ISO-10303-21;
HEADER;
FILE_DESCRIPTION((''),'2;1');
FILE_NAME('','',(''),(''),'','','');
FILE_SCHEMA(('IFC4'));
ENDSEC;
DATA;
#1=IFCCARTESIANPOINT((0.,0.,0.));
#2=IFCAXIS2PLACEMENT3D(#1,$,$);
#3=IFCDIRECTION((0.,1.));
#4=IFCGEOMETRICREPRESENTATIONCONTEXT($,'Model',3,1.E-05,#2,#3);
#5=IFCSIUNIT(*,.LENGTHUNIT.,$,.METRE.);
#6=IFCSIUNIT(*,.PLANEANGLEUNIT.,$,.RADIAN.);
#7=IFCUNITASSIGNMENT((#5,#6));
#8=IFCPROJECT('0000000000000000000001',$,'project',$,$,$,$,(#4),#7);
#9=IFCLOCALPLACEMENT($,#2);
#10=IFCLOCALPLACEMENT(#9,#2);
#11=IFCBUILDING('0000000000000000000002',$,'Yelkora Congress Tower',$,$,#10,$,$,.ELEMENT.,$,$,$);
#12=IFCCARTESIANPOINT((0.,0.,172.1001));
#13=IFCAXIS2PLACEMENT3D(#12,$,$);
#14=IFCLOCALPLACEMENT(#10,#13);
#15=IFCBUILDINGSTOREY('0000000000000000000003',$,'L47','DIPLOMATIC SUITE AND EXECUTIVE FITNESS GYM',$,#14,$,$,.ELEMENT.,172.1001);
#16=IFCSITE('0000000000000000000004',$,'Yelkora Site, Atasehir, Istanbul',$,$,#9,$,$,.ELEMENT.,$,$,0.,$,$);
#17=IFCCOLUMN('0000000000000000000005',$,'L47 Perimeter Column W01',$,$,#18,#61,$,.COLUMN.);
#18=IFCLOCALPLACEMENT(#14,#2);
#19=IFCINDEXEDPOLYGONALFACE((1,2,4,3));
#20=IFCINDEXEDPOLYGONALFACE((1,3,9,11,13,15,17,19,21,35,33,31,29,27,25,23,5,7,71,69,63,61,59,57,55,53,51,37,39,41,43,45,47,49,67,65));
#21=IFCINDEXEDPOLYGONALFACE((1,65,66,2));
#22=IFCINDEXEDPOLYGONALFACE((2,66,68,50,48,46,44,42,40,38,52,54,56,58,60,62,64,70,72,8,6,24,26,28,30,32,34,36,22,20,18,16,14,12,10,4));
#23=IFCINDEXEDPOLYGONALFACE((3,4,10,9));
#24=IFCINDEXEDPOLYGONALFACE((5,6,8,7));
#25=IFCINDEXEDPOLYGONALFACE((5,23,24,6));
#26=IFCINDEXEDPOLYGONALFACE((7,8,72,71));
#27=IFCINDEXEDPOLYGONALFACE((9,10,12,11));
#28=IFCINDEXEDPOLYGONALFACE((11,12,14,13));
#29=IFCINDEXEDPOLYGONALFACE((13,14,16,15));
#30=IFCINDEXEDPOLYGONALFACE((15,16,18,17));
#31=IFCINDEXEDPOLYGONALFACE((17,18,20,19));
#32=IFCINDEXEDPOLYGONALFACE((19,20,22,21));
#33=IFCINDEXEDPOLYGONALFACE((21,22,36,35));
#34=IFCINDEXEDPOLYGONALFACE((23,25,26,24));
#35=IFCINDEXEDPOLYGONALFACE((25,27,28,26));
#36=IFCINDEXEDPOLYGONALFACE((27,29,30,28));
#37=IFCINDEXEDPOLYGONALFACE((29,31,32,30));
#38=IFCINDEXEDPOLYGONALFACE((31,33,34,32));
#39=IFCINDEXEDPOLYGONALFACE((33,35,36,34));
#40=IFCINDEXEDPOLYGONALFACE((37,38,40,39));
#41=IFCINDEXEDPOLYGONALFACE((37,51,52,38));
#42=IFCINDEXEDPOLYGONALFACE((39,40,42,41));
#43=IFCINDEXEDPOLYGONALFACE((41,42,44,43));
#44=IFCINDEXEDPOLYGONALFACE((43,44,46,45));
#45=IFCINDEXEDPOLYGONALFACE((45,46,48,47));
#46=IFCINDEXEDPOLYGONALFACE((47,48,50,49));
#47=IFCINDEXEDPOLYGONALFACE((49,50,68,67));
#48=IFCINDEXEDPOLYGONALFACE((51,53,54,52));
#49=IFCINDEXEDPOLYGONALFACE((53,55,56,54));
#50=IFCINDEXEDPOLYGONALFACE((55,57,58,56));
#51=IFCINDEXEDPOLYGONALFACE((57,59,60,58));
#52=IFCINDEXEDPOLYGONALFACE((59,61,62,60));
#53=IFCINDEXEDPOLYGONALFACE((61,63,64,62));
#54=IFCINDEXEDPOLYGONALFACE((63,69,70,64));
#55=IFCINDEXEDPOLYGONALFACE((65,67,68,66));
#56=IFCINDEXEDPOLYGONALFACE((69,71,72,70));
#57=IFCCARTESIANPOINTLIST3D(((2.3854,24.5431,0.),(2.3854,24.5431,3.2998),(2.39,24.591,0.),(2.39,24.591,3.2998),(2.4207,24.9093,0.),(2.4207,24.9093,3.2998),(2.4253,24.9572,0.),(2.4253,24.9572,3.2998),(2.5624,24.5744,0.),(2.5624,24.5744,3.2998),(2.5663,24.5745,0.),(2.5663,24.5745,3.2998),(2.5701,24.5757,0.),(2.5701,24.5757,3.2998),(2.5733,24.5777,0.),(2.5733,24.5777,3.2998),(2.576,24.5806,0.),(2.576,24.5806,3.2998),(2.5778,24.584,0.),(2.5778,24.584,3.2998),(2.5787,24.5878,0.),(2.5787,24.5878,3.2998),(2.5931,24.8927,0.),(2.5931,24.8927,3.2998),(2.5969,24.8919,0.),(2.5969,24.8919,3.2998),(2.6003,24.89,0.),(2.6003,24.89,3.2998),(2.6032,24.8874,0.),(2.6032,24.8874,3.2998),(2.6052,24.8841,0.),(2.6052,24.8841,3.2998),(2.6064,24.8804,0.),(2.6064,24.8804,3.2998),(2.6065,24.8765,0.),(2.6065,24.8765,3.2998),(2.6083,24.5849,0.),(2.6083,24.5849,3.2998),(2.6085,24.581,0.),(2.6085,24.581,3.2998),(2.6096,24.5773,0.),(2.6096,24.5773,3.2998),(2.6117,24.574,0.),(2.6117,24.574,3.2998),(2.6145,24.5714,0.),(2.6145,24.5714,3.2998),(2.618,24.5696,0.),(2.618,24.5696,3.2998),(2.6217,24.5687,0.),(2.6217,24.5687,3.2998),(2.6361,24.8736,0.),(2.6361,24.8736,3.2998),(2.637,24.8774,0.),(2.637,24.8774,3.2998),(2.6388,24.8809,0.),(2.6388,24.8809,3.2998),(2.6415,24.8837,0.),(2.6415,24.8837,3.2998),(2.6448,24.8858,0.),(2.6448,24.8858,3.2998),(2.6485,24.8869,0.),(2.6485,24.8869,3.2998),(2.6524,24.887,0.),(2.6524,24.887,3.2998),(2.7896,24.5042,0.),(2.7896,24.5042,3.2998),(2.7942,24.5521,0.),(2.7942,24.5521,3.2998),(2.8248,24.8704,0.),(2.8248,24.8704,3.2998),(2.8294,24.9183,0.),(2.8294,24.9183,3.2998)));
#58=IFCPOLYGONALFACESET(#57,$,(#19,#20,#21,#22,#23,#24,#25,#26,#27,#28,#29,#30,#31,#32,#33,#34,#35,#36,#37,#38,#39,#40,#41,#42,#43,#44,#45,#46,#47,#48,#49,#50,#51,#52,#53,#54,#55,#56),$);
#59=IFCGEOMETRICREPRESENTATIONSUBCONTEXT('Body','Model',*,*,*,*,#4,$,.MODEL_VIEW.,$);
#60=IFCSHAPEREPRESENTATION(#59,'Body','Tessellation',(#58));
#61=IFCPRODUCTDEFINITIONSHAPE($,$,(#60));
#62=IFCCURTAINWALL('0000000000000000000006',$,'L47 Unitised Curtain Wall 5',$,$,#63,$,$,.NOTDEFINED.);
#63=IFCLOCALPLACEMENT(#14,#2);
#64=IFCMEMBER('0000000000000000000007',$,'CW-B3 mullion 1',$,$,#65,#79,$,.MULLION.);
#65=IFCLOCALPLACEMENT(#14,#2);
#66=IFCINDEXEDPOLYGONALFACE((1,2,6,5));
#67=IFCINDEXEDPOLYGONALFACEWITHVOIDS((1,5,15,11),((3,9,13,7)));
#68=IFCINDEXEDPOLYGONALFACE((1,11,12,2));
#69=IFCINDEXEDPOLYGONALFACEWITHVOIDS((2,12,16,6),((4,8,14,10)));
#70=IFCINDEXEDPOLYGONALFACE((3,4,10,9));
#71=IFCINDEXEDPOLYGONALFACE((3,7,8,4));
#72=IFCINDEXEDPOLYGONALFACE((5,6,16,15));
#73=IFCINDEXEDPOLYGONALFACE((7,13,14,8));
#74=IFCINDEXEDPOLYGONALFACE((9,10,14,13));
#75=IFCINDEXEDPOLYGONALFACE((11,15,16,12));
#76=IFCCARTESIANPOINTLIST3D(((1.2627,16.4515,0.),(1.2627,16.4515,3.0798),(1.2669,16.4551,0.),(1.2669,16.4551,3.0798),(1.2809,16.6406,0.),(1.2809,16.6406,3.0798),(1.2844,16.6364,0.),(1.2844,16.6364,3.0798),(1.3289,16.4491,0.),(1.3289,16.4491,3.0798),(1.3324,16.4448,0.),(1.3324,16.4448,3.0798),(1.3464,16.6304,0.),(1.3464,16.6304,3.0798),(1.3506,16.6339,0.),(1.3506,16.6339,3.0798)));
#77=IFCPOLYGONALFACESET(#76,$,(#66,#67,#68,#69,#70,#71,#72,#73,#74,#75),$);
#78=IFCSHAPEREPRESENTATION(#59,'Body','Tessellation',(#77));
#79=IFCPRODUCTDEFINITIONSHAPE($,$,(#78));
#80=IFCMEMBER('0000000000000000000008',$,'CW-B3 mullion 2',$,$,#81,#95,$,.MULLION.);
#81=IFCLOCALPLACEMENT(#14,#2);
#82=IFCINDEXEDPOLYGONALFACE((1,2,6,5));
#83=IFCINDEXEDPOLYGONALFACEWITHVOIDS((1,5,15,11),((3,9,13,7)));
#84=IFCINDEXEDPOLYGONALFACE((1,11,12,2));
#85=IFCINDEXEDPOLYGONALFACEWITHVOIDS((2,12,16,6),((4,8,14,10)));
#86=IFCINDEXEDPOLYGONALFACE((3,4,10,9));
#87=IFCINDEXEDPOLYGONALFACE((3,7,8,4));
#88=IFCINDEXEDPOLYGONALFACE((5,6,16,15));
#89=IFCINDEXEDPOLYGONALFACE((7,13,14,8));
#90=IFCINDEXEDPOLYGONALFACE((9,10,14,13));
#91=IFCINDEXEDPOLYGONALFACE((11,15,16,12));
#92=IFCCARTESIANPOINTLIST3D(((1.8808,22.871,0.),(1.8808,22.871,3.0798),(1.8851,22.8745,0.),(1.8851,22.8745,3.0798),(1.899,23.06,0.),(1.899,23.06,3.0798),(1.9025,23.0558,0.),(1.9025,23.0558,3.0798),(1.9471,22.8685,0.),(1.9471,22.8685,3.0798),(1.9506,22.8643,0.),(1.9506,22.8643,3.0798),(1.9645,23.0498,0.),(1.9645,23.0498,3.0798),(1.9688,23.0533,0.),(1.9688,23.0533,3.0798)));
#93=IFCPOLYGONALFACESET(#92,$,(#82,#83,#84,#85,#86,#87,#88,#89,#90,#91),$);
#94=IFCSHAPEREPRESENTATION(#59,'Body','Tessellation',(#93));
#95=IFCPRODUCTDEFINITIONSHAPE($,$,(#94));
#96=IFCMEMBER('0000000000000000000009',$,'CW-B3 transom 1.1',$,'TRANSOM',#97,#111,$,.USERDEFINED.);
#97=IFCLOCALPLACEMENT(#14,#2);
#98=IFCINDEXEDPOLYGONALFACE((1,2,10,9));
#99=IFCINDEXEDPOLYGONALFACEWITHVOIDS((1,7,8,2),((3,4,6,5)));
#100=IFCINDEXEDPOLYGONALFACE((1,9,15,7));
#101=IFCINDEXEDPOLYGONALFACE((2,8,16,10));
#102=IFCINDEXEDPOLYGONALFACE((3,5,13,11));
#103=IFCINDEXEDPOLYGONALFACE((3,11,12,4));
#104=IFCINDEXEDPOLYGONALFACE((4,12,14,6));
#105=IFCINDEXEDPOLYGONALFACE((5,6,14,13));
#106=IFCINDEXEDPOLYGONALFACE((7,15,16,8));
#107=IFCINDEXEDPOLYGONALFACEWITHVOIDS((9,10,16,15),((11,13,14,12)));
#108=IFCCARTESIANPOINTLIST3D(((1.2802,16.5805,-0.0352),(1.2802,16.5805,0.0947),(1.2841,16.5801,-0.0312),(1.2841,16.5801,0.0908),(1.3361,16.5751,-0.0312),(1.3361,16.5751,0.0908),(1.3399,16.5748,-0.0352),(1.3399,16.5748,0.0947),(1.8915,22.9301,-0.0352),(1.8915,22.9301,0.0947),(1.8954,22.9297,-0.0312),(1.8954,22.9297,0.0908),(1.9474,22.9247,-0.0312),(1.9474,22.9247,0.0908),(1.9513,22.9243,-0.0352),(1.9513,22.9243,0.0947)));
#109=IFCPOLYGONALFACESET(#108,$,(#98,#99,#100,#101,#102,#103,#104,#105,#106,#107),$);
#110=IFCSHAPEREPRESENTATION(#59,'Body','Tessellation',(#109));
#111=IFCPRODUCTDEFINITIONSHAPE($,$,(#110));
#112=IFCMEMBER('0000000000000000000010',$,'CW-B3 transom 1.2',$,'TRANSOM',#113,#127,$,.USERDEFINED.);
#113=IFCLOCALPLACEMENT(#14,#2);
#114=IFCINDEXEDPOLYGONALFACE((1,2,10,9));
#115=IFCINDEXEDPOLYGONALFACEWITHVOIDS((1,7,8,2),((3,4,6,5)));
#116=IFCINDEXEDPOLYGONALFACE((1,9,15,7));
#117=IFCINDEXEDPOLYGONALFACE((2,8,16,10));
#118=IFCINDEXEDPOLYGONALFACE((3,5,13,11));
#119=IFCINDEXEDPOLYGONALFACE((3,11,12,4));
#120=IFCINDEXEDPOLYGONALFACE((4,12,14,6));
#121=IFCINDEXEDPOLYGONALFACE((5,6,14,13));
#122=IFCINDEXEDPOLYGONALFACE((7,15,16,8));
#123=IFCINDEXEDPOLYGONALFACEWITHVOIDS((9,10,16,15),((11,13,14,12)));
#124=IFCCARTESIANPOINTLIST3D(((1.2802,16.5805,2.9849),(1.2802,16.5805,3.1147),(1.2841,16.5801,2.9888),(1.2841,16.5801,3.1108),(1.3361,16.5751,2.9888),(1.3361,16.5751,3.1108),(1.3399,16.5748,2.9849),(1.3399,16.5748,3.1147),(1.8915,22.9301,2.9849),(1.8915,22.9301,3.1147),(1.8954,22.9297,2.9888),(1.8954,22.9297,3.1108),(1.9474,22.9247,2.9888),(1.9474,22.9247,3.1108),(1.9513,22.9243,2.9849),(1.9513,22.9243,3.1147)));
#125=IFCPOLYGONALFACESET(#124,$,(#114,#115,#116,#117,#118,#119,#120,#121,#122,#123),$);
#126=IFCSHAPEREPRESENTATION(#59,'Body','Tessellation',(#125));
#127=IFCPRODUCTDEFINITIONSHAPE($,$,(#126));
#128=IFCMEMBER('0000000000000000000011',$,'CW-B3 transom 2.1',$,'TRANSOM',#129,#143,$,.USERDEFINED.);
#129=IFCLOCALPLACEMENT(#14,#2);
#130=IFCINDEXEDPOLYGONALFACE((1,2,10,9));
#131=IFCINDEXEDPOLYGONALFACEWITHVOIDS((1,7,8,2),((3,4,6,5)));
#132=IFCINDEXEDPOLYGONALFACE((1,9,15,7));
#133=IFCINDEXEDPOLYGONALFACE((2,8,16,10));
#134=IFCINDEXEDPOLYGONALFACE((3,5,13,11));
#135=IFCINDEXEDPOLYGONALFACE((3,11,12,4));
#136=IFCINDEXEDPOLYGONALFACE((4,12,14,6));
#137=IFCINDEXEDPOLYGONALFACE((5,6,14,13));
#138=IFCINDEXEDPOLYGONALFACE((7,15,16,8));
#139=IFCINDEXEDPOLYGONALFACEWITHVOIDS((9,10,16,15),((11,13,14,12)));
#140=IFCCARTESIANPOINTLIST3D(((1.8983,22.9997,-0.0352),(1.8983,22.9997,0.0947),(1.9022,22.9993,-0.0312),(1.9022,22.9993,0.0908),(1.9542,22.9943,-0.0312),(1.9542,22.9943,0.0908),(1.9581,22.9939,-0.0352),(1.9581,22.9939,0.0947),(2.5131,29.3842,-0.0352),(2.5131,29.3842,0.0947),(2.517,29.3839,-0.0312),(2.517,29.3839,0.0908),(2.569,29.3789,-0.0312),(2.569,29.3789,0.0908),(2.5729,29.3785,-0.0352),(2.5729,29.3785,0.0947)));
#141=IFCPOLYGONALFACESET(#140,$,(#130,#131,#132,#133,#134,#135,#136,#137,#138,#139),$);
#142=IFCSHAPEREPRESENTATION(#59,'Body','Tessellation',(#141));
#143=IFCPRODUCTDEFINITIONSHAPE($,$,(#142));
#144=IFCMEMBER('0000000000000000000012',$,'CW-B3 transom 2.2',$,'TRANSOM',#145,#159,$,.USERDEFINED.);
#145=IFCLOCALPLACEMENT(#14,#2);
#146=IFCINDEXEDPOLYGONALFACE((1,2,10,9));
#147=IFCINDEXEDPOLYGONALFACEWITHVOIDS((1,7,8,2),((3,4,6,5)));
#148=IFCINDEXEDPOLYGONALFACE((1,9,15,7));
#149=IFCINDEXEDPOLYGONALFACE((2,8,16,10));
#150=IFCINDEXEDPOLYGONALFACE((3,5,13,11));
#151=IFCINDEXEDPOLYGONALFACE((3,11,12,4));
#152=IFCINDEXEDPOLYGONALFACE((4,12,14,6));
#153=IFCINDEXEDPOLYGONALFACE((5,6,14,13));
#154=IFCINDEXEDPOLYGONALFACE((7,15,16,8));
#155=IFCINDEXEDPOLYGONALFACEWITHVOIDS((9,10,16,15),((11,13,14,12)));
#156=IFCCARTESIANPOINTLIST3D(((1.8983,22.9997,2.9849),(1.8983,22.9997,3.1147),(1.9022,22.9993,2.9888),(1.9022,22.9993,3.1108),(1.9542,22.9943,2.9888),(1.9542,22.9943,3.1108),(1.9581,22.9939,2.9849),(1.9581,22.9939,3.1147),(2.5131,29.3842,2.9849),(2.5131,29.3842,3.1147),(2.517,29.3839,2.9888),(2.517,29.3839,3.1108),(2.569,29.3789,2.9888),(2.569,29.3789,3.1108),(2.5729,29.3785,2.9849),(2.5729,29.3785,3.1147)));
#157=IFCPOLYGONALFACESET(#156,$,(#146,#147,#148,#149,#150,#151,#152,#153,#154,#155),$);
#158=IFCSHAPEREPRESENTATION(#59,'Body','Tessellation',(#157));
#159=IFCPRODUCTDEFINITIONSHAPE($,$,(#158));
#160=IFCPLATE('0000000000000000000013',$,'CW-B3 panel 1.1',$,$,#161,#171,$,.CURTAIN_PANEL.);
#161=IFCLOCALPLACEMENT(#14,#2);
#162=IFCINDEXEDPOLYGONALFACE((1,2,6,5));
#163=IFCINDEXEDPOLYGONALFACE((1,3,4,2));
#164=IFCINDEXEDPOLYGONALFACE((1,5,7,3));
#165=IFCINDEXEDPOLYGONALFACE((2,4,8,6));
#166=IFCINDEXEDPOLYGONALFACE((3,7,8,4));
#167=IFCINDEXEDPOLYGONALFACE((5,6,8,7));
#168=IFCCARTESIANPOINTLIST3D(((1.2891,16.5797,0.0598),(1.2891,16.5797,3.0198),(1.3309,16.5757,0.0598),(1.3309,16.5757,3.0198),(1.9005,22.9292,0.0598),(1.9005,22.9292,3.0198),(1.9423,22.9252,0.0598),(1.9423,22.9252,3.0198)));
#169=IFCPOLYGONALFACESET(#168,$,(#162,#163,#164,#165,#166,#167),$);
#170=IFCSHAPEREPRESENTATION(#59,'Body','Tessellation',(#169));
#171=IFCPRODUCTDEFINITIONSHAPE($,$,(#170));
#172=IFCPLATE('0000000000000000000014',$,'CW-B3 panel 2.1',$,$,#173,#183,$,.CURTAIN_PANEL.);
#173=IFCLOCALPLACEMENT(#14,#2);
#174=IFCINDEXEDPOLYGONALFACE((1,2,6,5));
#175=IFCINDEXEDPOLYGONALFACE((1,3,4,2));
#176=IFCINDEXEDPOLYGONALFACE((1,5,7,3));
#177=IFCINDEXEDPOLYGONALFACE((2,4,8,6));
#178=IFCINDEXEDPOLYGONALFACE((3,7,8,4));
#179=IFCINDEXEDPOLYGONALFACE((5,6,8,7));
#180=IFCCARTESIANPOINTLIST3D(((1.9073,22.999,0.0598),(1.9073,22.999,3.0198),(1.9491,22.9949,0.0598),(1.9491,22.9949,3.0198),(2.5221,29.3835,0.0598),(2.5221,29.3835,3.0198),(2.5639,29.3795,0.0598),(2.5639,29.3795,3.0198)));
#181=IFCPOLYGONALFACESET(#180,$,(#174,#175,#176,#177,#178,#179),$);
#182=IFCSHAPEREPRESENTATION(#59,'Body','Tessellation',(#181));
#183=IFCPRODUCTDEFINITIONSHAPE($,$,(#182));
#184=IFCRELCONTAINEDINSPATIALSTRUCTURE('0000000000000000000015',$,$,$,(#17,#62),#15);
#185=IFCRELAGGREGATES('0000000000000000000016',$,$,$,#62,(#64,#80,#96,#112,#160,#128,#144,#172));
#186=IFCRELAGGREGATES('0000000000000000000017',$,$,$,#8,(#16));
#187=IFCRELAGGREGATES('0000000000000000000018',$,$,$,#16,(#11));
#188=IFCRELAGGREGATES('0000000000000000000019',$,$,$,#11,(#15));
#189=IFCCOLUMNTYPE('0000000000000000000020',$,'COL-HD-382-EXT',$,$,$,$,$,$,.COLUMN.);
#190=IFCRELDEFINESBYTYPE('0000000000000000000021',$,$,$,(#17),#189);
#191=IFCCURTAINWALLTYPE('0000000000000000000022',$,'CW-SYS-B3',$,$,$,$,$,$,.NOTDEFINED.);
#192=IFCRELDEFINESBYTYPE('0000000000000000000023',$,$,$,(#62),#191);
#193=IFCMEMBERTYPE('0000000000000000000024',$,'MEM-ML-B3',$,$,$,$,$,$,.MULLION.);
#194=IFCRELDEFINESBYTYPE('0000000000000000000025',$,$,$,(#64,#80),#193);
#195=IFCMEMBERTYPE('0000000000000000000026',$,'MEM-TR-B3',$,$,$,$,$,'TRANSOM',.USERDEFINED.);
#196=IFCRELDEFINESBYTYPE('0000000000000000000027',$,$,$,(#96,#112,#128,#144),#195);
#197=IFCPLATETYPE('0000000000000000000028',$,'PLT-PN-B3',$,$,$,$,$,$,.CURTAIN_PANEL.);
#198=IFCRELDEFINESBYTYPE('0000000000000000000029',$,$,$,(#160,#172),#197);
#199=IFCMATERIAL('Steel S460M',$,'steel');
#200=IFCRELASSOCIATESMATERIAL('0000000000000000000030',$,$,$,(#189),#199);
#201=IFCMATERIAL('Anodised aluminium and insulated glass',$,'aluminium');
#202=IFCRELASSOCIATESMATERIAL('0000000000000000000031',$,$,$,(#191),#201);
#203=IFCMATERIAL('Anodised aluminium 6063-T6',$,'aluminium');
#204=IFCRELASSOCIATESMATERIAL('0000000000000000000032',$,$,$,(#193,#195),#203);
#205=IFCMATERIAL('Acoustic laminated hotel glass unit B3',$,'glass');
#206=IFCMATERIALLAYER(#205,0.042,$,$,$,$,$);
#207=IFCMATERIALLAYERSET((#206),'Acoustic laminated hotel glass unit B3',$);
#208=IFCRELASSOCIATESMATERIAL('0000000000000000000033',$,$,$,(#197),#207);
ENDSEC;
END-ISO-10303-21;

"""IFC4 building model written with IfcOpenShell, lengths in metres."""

from ifc_helpers import new_model, si_unit, direction, frame, origin, origin_2d, place, context, subcontext, project, spatial, rectangle, hollow_rectangle, i_section, extrude, material, layer, layer_set, material_profile, profile_set, type_object, element, aggregate, save


model = new_model("IFC4")

# Units and contexts
model_context = context("Model", 3, precision=1e-05, world=origin(), true_north=direction((0.0, 1.0)))
body_context = subcontext(model_context, "Body", "Model", "MODEL_VIEW")
ifc_project = project(units=[si_unit("LENGTHUNIT", "METRE"), si_unit("PLANEANGLEUNIT", "RADIAN")], contexts=[model_context])

# Site, building, storey
site_placement = place(None, origin())
site = spatial("IfcSite", under=ifc_project, at=site_placement, Name="Yelkora Site, Atasehir, Istanbul", CompositionType="ELEMENT", RefElevation=0.0)
building_placement = place(site_placement, origin())
building = spatial("IfcBuilding", under=site, at=building_placement, Name="Yelkora Congress Tower", CompositionType="ELEMENT")
storey_placement = place(building_placement, frame((0.0, 0.0, 172.1001)))
storey = spatial("IfcBuildingStorey", under=building, at=storey_placement, Name="L47", Description="DIPLOMATIC SUITE AND EXECUTIVE FITNESS GYM", CompositionType="ELEMENT", Elevation=172.1001)

# Column
ifc_material_1 = material(Name="Steel S460M", Category="steel")
ifc_material_profile_1 = material_profile(ifc_material_1, i_section(OverallWidth=0.406, OverallDepth=0.416, WebThickness=0.0298, FlangeThickness=0.0481, FilletRadius=0.0149, at=origin_2d()), Name="HD 400x382")
ifc_profile_set_1 = profile_set([ifc_material_profile_1], Name="Steel S460M")
column_type = type_object("IfcColumnType", Name="COL-HD-382-EXT", PredefinedType="COLUMN", material=ifc_profile_set_1)
column_placement = place(storey_placement, frame((2.6074, 24.7307, 0.0), z_axis=(0.0, 0.0, 1.0), x_axis=(0.995396, -0.095846, 0.0)))
element("IfcColumn", 1, at=column_placement, inside=storey, type_object=column_type, Name="L47 Perimeter Column W01", PredefinedType="COLUMN", context=body_context, shape_type="SweptSolid", body=[
    extrude(i_section(OverallWidth=0.406, OverallDepth=0.416, WebThickness=0.0298, FlangeThickness=0.0481, FilletRadius=0.0149, at=origin_2d()), origin(), (0.0, 0.0, 1.0), 3.2998),
])

# Curtain wall, members, plates
ifc_material_2 = material(Name="Anodised aluminium and insulated glass", Category="aluminium")
curtain_wall_type = type_object("IfcCurtainWallType", Name="CW-SYS-B3", PredefinedType="NOTDEFINED", material=ifc_material_2)
curtain_wall_placement = place(storey_placement, origin())
curtain_wall = element("IfcCurtainWall", 2, at=curtain_wall_placement, inside=storey, type_object=curtain_wall_type, Name="L47 Unitised Curtain Wall 5", PredefinedType="NOTDEFINED")
ifc_material_3 = material(Name="Anodised aluminium 6063-T6", Category="aluminium")
ifc_material_profile_2 = material_profile(ifc_material_3, hollow_rectangle(XDim=0.0701, YDim=0.1899, WallThickness=0.0039, at=origin_2d()), Name="ALU 70x190x4")
ifc_profile_set_2 = profile_set([ifc_material_profile_2], Name="Anodised aluminium 6063-T6")
member_type_1 = type_object("IfcMemberType", Name="MEM-ML-B3", PredefinedType="MULLION", material=ifc_profile_set_2)
member_1_placement = place(storey_placement, frame((1.3066, 16.5427, 0.0), z_axis=(0.0, 0.0, 1.0), x_axis=(-0.995396, 0.095845, 0.0)))
member_1 = element("IfcMember", 3, at=member_1_placement, type_object=member_type_1, Name="CW-B3 mullion 1", PredefinedType="MULLION", context=body_context, shape_type="SweptSolid", body=[
    extrude(hollow_rectangle(XDim=0.0701, YDim=0.1899, WallThickness=0.0039, at=origin_2d()), origin(), (0.0, 0.0, 1.0), 3.0798),
])
member_2_placement = place(storey_placement, frame((1.9248, 22.9622, 0.0), z_axis=(0.0, 0.0, 1.0), x_axis=(-0.995396, 0.095845, 0.0)))
member_2 = element("IfcMember", 4, at=member_2_placement, type_object=member_type_1, Name="CW-B3 mullion 2", PredefinedType="MULLION", context=body_context, shape_type="SweptSolid", body=[
    extrude(hollow_rectangle(XDim=0.0701, YDim=0.1899, WallThickness=0.0039, at=origin_2d()), origin(), (0.0, 0.0, 1.0), 3.0798),
])
ifc_material_profile_3 = material_profile(ifc_material_3, hollow_rectangle(XDim=0.0601, YDim=0.1299, WallThickness=0.0039, at=origin_2d()), Name="ALU 60x130x4")
ifc_profile_set_3 = profile_set([ifc_material_profile_3], Name="Anodised aluminium 6063-T6")
member_type_2 = type_object("IfcMemberType", Name="MEM-TR-B3", ElementType="TRANSOM", PredefinedType="USERDEFINED", material=ifc_profile_set_3)
member_3_placement = place(storey_placement, frame((1.3101, 16.5776, 0.0298), z_axis=(0.095835, 0.995397, 0.0), x_axis=(-0.995397, 0.095835, 0.0)))
member_3 = element("IfcMember", 5, at=member_3_placement, type_object=member_type_2, Name="CW-B3 transom 1.1", ObjectType="TRANSOM", PredefinedType="USERDEFINED", context=body_context, shape_type="SweptSolid", body=[
    extrude(hollow_rectangle(XDim=0.0601, YDim=0.1299, WallThickness=0.0039, at=origin_2d()), origin(), (0.0, 0.0, 1.0), 6.3789),
])
member_4_placement = place(storey_placement, frame((1.3101, 16.5776, 3.0498), z_axis=(0.095835, 0.995397, 0.0), x_axis=(-0.995397, 0.095835, 0.0)))
member_4 = element("IfcMember", 6, at=member_4_placement, type_object=member_type_2, Name="CW-B3 transom 1.2", ObjectType="TRANSOM", PredefinedType="USERDEFINED", context=body_context, shape_type="SweptSolid", body=[
    extrude(hollow_rectangle(XDim=0.0601, YDim=0.1299, WallThickness=0.0039, at=origin_2d()), origin(), (0.0, 0.0, 1.0), 6.3789),
])
member_5_placement = place(storey_placement, frame((1.9282, 22.9968, 0.0298), z_axis=(0.095844, 0.995396, 0.0), x_axis=(-0.995396, 0.095844, 0.0)))
member_5 = element("IfcMember", 7, at=member_5_placement, type_object=member_type_2, Name="CW-B3 transom 2.1", ObjectType="TRANSOM", PredefinedType="USERDEFINED", context=body_context, shape_type="SweptSolid", body=[
    extrude(hollow_rectangle(XDim=0.0601, YDim=0.1299, WallThickness=0.0039, at=origin_2d()), origin(), (0.0, 0.0, 1.0), 6.4141),
])
member_6_placement = place(storey_placement, frame((1.9282, 22.9968, 3.0498), z_axis=(0.095844, 0.995396, 0.0), x_axis=(-0.995396, 0.095844, 0.0)))
member_6 = element("IfcMember", 8, at=member_6_placement, type_object=member_type_2, Name="CW-B3 transom 2.2", ObjectType="TRANSOM", PredefinedType="USERDEFINED", context=body_context, shape_type="SweptSolid", body=[
    extrude(hollow_rectangle(XDim=0.0601, YDim=0.1299, WallThickness=0.0039, at=origin_2d()), origin(), (0.0, 0.0, 1.0), 6.4141),
])
ifc_material_4 = material(Name="Acoustic laminated hotel glass unit B3", Category="glass")
ifc_layer_1 = layer(ifc_material_4, 0.042)
ifc_layer_set_1 = layer_set([ifc_layer_1], Name="Acoustic laminated hotel glass unit B3")
plate_type = type_object("IfcPlateType", Name="PLT-PN-B3", PredefinedType="CURTAIN_PANEL", material=ifc_layer_set_1)
plate_1_placement = place(storey_placement, frame((1.6157, 19.7524, 0.0598), z_axis=(0.0, 0.0, 1.0), x_axis=(0.095845, 0.995396, 0.0)))
plate_1 = element("IfcPlate", 9, at=plate_1_placement, type_object=plate_type, Name="CW-B3 panel 1.1", PredefinedType="CURTAIN_PANEL", context=body_context, shape_type="SweptSolid", body=[
    extrude(rectangle(XDim=6.3789, YDim=0.042, at=origin_2d()), origin(), (0.0, 0.0, 1.0), 2.96),
])
plate_2_placement = place(storey_placement, frame((2.2356, 26.1892, 0.0598), z_axis=(0.0, 0.0, 1.0), x_axis=(0.095845, 0.995396, 0.0)))
plate_2 = element("IfcPlate", 10, at=plate_2_placement, type_object=plate_type, Name="CW-B3 panel 2.1", PredefinedType="CURTAIN_PANEL", context=body_context, shape_type="SweptSolid", body=[
    extrude(rectangle(XDim=6.4141, YDim=0.042, at=origin_2d()), origin(), (0.0, 0.0, 1.0), 2.96),
])
aggregate(curtain_wall, [member_1, member_2, member_3, member_4, plate_1, member_5, member_6, plate_2])

save(model, "model.ifc")
